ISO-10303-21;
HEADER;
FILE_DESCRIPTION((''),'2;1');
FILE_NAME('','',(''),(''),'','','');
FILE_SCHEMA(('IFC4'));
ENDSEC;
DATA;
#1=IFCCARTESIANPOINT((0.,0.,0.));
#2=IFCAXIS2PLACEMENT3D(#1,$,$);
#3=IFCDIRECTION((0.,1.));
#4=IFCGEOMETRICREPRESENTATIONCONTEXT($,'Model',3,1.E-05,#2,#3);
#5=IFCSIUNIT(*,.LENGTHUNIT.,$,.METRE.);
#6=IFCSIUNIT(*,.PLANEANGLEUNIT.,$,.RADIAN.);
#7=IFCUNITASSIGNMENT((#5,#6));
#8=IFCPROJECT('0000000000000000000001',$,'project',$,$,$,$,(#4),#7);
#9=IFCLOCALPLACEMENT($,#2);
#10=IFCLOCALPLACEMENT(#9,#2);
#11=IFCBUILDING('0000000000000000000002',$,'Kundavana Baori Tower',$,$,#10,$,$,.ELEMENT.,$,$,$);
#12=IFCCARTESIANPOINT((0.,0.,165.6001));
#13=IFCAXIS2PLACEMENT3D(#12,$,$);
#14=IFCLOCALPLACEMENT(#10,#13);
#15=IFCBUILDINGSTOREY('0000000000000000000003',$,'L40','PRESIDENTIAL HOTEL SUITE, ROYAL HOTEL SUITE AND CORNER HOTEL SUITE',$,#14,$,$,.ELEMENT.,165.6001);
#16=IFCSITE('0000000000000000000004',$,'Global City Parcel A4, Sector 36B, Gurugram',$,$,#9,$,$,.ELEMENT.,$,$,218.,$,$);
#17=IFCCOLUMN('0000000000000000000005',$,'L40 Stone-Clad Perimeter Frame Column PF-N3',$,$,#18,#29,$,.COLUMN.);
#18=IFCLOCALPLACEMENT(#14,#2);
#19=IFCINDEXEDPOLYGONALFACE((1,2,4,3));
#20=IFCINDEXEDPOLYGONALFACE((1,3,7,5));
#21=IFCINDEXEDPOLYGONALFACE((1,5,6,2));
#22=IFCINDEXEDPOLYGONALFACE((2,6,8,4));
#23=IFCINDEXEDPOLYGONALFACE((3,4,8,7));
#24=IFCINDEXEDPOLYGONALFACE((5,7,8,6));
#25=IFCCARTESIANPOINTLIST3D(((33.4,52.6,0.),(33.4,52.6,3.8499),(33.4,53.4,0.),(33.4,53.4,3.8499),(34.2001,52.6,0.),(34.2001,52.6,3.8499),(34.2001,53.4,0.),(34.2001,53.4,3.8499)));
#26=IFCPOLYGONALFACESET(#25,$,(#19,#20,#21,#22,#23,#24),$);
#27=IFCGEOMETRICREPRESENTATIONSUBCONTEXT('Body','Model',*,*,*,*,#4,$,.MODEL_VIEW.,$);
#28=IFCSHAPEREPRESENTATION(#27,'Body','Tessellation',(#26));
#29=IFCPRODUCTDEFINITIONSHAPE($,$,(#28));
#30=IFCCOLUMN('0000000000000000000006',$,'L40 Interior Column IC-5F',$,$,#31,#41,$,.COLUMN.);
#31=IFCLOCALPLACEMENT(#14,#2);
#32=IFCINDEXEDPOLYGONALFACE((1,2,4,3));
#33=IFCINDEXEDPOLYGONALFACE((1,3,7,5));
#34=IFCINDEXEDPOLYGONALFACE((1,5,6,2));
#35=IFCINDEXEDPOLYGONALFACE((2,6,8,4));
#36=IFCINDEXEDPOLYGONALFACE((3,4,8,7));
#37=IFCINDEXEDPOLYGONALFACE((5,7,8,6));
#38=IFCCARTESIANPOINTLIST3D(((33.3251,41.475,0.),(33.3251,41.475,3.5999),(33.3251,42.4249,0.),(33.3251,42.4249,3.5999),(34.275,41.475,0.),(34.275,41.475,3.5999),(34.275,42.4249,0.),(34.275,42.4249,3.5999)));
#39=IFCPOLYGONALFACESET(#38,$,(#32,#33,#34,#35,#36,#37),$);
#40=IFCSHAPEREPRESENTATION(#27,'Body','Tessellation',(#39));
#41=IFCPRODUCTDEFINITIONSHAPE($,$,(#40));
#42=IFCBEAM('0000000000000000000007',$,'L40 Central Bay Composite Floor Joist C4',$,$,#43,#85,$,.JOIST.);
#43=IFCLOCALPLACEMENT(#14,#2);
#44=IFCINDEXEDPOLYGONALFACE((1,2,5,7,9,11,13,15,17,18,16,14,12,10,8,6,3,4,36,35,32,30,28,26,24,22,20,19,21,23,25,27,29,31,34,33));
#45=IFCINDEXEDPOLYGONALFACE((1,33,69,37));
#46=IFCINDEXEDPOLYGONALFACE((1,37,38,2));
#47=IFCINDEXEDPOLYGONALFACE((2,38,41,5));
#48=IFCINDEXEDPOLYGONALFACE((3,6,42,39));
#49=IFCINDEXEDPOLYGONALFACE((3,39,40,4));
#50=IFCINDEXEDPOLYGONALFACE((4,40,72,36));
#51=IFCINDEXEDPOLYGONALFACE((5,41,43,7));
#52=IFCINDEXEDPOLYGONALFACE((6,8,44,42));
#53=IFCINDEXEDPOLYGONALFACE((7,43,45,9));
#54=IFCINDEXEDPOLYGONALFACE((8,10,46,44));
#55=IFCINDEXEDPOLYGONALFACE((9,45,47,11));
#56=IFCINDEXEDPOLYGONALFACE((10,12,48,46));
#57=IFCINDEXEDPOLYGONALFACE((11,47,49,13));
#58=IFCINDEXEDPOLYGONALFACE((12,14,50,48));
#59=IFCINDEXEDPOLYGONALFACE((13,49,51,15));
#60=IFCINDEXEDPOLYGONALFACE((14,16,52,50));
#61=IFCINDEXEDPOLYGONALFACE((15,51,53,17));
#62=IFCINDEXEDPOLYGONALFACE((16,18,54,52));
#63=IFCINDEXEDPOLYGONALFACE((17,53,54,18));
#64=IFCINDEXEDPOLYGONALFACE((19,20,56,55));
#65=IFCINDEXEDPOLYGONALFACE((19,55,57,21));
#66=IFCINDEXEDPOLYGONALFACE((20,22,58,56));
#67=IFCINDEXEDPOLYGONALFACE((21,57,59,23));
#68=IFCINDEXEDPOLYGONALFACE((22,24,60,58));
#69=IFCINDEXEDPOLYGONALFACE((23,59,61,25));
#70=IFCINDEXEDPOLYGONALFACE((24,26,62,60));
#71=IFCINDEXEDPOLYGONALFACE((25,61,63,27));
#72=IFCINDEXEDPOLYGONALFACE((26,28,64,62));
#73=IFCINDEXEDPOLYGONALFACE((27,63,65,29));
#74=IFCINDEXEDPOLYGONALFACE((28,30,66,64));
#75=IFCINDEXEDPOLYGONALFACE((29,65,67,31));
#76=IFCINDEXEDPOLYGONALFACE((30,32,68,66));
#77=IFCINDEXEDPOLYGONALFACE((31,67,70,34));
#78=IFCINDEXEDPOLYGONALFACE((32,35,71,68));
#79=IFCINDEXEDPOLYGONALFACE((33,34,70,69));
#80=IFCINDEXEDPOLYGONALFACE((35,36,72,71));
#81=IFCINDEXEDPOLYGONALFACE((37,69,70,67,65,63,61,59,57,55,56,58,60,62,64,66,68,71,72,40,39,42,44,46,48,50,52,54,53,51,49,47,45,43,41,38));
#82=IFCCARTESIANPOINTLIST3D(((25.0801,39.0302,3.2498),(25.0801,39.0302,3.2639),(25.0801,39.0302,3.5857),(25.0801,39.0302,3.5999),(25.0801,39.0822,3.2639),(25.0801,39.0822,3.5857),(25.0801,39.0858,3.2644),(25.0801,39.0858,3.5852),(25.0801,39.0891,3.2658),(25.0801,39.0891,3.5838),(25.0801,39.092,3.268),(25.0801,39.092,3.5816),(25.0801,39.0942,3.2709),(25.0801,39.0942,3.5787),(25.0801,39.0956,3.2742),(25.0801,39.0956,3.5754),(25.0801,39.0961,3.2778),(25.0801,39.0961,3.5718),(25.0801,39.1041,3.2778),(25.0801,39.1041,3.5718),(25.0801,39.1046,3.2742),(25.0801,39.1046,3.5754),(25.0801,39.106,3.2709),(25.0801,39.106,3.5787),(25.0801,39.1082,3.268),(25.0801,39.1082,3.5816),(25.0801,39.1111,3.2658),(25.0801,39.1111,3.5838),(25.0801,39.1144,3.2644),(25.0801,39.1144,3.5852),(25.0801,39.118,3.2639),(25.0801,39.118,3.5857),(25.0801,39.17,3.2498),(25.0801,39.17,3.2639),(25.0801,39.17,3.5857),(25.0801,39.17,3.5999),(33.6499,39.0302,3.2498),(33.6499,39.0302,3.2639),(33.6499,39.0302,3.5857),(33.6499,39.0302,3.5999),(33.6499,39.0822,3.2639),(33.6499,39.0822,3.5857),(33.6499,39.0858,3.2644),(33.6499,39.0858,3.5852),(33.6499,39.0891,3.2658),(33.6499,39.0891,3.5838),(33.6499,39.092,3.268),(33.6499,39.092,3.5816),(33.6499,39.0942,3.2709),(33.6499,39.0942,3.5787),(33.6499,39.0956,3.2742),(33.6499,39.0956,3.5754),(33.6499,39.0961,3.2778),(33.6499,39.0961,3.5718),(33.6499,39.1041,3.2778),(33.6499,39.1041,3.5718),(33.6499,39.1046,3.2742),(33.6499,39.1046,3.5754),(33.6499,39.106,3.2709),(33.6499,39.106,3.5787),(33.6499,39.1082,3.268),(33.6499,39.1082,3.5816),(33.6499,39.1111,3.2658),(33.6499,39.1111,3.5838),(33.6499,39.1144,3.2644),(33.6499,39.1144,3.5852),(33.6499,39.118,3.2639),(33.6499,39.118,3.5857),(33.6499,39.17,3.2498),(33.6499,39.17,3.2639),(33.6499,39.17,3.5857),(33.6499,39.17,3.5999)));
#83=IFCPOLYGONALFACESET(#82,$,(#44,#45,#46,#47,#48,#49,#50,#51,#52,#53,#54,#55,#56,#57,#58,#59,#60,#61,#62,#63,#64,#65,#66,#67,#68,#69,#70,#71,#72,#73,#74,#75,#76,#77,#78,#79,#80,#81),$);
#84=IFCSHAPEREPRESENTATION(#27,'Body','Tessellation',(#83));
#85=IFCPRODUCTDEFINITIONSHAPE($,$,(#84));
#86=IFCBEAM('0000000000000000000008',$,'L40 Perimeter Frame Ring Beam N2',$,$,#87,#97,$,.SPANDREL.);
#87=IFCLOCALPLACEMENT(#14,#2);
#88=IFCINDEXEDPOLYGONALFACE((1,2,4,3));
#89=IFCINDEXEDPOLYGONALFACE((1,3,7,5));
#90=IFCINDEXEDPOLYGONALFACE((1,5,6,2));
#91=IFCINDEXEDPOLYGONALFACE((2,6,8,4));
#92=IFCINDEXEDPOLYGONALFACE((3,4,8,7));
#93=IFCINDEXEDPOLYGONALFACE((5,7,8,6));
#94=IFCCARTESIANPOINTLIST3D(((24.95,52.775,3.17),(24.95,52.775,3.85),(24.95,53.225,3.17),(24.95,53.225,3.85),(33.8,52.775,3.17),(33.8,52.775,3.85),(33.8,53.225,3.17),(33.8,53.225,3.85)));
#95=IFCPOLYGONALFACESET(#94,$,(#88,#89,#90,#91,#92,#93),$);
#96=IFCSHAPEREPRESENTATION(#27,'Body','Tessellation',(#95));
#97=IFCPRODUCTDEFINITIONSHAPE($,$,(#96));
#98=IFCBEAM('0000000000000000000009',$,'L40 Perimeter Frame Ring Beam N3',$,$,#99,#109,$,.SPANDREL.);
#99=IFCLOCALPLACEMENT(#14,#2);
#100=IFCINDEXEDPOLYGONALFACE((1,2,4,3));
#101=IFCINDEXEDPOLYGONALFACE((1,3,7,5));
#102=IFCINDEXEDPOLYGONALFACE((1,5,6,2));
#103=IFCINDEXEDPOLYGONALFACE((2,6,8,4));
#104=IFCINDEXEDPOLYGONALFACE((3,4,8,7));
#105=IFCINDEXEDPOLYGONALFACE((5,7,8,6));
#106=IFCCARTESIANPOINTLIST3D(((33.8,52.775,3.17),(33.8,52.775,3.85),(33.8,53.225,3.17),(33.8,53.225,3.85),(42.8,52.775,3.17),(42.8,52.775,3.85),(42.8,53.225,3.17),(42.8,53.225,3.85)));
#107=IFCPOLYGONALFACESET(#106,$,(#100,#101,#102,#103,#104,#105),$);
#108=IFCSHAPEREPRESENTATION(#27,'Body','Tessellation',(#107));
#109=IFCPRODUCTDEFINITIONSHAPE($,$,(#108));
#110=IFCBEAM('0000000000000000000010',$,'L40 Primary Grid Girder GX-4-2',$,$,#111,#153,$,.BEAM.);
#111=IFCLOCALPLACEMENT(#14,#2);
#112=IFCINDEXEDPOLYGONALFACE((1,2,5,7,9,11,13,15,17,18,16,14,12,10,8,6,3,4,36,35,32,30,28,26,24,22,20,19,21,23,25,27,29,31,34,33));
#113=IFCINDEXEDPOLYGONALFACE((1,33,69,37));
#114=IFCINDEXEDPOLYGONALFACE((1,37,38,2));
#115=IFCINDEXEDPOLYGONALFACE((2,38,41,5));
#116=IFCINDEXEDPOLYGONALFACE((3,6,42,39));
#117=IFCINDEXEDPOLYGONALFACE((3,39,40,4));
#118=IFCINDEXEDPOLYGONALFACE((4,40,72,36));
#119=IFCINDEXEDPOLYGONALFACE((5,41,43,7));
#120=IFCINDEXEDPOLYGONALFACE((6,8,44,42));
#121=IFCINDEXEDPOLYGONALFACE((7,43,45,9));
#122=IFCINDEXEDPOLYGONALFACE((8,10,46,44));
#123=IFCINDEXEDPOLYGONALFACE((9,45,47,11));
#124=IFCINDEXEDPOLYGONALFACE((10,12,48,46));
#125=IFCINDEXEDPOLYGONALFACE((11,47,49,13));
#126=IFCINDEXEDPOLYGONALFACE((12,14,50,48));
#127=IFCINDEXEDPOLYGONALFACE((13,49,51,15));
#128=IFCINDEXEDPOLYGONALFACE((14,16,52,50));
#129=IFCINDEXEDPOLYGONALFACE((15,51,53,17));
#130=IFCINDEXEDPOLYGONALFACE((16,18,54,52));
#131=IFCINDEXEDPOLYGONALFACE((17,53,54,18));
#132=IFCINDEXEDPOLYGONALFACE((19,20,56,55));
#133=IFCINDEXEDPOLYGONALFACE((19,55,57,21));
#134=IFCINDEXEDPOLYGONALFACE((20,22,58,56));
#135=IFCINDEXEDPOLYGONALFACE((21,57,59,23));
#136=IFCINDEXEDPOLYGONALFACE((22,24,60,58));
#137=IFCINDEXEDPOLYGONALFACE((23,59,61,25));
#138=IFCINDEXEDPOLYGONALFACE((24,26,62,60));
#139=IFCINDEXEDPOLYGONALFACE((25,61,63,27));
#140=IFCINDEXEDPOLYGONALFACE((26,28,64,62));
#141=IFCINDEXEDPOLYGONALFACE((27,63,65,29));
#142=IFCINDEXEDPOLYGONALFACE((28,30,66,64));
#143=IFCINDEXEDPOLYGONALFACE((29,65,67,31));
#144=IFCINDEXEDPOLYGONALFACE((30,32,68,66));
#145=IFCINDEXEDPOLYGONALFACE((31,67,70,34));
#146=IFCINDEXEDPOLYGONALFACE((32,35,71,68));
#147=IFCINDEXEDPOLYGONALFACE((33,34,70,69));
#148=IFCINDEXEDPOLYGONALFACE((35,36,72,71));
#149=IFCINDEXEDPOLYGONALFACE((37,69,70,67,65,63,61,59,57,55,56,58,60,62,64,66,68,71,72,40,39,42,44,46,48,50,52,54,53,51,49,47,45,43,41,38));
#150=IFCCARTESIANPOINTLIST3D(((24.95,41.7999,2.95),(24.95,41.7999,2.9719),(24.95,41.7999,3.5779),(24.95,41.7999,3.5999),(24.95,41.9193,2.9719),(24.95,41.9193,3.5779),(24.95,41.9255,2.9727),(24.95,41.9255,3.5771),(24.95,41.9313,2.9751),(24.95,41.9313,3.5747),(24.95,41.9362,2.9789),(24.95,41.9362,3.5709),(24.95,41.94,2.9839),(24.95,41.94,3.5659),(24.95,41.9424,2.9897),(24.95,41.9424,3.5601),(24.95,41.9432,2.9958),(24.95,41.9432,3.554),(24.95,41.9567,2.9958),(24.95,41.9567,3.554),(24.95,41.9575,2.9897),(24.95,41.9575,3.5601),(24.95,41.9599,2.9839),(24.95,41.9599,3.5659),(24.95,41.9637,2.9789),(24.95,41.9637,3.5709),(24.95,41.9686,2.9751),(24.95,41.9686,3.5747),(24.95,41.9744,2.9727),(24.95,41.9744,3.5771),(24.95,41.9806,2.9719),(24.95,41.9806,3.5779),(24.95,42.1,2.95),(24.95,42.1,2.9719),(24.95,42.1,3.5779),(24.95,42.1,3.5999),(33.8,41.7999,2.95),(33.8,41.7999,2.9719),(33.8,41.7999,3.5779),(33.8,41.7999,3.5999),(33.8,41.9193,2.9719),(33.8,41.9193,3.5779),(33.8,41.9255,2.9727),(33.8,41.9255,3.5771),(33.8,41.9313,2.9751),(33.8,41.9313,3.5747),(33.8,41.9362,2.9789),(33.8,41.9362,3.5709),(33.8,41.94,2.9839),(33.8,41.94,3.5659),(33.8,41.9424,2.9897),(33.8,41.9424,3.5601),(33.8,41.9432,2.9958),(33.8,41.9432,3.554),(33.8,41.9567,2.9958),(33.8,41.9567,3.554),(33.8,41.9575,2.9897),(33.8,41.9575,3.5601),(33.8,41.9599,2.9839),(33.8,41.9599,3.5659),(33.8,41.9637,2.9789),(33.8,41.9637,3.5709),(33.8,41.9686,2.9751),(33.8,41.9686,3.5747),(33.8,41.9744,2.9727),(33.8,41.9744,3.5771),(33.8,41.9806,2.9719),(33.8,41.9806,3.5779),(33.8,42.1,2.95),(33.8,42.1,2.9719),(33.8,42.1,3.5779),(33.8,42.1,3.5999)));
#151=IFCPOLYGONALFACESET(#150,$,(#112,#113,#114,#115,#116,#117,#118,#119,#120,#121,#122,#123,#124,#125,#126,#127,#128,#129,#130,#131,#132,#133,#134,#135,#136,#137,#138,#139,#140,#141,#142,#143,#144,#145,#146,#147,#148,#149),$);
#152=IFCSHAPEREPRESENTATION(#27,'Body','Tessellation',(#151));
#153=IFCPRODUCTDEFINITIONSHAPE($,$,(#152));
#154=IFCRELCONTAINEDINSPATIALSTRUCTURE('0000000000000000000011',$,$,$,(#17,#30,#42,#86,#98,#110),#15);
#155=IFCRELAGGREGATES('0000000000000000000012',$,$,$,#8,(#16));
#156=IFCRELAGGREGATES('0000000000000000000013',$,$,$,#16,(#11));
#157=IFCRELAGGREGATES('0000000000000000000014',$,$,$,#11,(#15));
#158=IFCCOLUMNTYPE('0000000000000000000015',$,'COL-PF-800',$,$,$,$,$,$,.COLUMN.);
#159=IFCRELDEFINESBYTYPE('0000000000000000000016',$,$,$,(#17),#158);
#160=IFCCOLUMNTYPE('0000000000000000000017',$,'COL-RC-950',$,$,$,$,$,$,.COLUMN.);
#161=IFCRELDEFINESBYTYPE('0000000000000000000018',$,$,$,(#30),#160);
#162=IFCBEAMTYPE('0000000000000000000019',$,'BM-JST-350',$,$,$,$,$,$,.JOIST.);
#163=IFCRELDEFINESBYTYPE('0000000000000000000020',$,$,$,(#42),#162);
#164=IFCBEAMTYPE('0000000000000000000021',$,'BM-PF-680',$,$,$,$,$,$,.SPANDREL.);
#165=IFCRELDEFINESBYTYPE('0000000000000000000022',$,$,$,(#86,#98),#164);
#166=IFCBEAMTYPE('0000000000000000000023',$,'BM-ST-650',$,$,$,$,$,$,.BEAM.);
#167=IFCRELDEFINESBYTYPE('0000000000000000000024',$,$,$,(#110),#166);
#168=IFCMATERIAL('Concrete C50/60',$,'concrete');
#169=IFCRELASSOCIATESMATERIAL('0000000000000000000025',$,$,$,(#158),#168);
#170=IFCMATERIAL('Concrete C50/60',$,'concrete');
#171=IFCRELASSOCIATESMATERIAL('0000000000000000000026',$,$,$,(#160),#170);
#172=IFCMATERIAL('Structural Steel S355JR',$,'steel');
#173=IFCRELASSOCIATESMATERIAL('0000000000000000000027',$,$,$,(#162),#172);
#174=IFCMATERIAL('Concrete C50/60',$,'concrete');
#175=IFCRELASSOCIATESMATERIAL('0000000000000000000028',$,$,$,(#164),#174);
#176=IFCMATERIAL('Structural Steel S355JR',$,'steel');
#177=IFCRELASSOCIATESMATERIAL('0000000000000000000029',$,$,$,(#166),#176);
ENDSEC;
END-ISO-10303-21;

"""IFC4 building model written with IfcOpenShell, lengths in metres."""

from ifc_helpers import new_model, si_unit, direction, frame, origin, origin_2d, place, context, subcontext, project, spatial, rectangle, i_section, extrude, material, material_profile, profile_set, type_object, element, save


model = new_model("IFC4")

# Units and contexts
model_context = context("Model", 3, precision=1e-05, world=origin(), true_north=direction((0.0, 1.0)))
body_context = subcontext(model_context, "Body", "Model", "MODEL_VIEW")
ifc_project = project(units=[si_unit("LENGTHUNIT", "METRE"), si_unit("PLANEANGLEUNIT", "RADIAN")], contexts=[model_context])

# Site, building, storey
site_placement = place(None, origin())
site = spatial("IfcSite", under=ifc_project, at=site_placement, Name="Global City Parcel A4, Sector 36B, Gurugram", CompositionType="ELEMENT", RefElevation=218.0)
building_placement = place(site_placement, origin())
building = spatial("IfcBuilding", under=site, at=building_placement, Name="Kundavana Baori Tower", CompositionType="ELEMENT")
storey_placement = place(building_placement, frame((0.0, 0.0, 165.6001)))
storey = spatial("IfcBuildingStorey", under=building, at=storey_placement, Name="L40", Description="PRESIDENTIAL HOTEL SUITE, ROYAL HOTEL SUITE AND CORNER HOTEL SUITE", CompositionType="ELEMENT", Elevation=165.6001)

# Columns
ifc_material_1 = material(Name="Concrete C50/60", Category="concrete")
ifc_material_profile_1 = material_profile(ifc_material_1, rectangle(XDim=0.8, YDim=0.8, at=origin_2d()), Name="RC PF 800x800")
ifc_profile_set_1 = profile_set([ifc_material_profile_1], Name="Concrete C50/60")
column_type_1 = type_object("IfcColumnType", Name="COL-PF-800", PredefinedType="COLUMN", material=ifc_profile_set_1)
column_1_placement = place(storey_placement, frame((33.8, 53.0, 0.0), z_axis=(0.0, 0.0, 1.0), x_axis=(1.0, 0.0, 0.0)))
element("IfcColumn", 1, at=column_1_placement, inside=storey, type_object=column_type_1, Name="L40 Stone-Clad Perimeter Frame Column PF-N3", PredefinedType="COLUMN", context=body_context, shape_type="SweptSolid", body=[
    extrude(rectangle(XDim=0.8, YDim=0.8, at=origin_2d()), origin(), (0.0, 0.0, 1.0), 3.8499),
])
ifc_material_2 = material(Name="Concrete C50/60", Category="concrete")
ifc_material_profile_2 = material_profile(ifc_material_2, rectangle(XDim=0.95, YDim=0.95, at=origin_2d()), Name="RC 950x950")
ifc_profile_set_2 = profile_set([ifc_material_profile_2], Name="Concrete C50/60")
column_type_2 = type_object("IfcColumnType", Name="COL-RC-950", PredefinedType="COLUMN", material=ifc_profile_set_2)
column_2_placement = place(storey_placement, frame((33.8, 41.95, 0.0), z_axis=(0.0, 0.0, 1.0), x_axis=(1.0, 0.0, 0.0)))
element("IfcColumn", 2, at=column_2_placement, inside=storey, type_object=column_type_2, Name="L40 Interior Column IC-5F", PredefinedType="COLUMN", context=body_context, shape_type="SweptSolid", body=[
    extrude(rectangle(XDim=0.95, YDim=0.95, at=origin_2d()), origin(), (0.0, 0.0, 1.0), 3.5999),
])

# Beams
ifc_material_3 = material(Name="Structural Steel S355JR", Category="steel")
ifc_material_profile_3 = material_profile(ifc_material_3, i_section(OverallWidth=0.1399, OverallDepth=0.3501, WebThickness=0.0081, FlangeThickness=0.0142, FilletRadius=0.0139, at=origin_2d()), Name="ISMB 350")
ifc_profile_set_3 = profile_set([ifc_material_profile_3], Name="Structural Steel S355JR")
beam_type_1 = type_object("IfcBeamType", Name="BM-JST-350", PredefinedType="JOIST", material=ifc_profile_set_3)
beam_1_placement = place(storey_placement, frame((25.0801, 39.1001, 3.4248), z_axis=(1.0, 0.0, 0.0), x_axis=(0.0, 1.0, 0.0)))
element("IfcBeam", 3, at=beam_1_placement, inside=storey, type_object=beam_type_1, Name="L40 Central Bay Composite Floor Joist C4", PredefinedType="JOIST", context=body_context, shape_type="SweptSolid", body=[
    extrude(i_section(OverallWidth=0.1399, OverallDepth=0.3501, WebThickness=0.0081, FlangeThickness=0.0142, FilletRadius=0.0139, at=origin_2d()), origin(), (0.0, 0.0, 1.0), 8.5698),
])
ifc_material_4 = material(Name="Concrete C50/60", Category="concrete")
ifc_material_profile_4 = material_profile(ifc_material_4, rectangle(XDim=0.45, YDim=0.6799, at=origin_2d()), Name="RC BM 450x680")
ifc_profile_set_4 = profile_set([ifc_material_profile_4], Name="Concrete C50/60")
beam_type_2 = type_object("IfcBeamType", Name="BM-PF-680", PredefinedType="SPANDREL", material=ifc_profile_set_4)
beam_2_placement = place(storey_placement, frame((24.95, 53.0, 3.51), z_axis=(1.0, 0.0, 0.0), x_axis=(0.0, 1.0, 0.0)))
element("IfcBeam", 4, at=beam_2_placement, inside=storey, type_object=beam_type_2, Name="L40 Perimeter Frame Ring Beam N2", PredefinedType="SPANDREL", context=body_context, shape_type="SweptSolid", body=[
    extrude(rectangle(XDim=0.45, YDim=0.6799, at=origin_2d()), origin(), (0.0, 0.0, 1.0), 8.8501),
])
beam_3_placement = place(storey_placement, frame((33.8, 53.0, 3.51), z_axis=(1.0, 0.0, 0.0), x_axis=(0.0, 1.0, 0.0)))
element("IfcBeam", 5, at=beam_3_placement, inside=storey, type_object=beam_type_2, Name="L40 Perimeter Frame Ring Beam N3", PredefinedType="SPANDREL", context=body_context, shape_type="SweptSolid", body=[
    extrude(rectangle(XDim=0.45, YDim=0.6799, at=origin_2d()), origin(), (0.0, 0.0, 1.0), 9.0),
])
ifc_material_5 = material(Name="Structural Steel S355JR", Category="steel")
ifc_material_profile_5 = material_profile(ifc_material_5, i_section(OverallWidth=0.3, OverallDepth=0.6499, WebThickness=0.0134, FlangeThickness=0.022, FilletRadius=0.0239, at=origin_2d()), Name="NPB 650x300x155")
ifc_profile_set_5 = profile_set([ifc_material_profile_5], Name="Structural Steel S355JR")
beam_type_3 = type_object("IfcBeamType", Name="BM-ST-650", PredefinedType="BEAM", material=ifc_profile_set_5)
beam_4_placement = place(storey_placement, frame((24.95, 41.95, 3.2749), z_axis=(1.0, 0.0, 0.0), x_axis=(0.0, 1.0, 0.0)))
element("IfcBeam", 6, at=beam_4_placement, inside=storey, type_object=beam_type_3, Name="L40 Primary Grid Girder GX-4-2", PredefinedType="BEAM", context=body_context, shape_type="SweptSolid", body=[
    extrude(i_section(OverallWidth=0.3, OverallDepth=0.6499, WebThickness=0.0134, FlangeThickness=0.022, FilletRadius=0.0239, at=origin_2d()), origin(), (0.0, 0.0, 1.0), 8.8501),
])

save(model, "model.ifc")
